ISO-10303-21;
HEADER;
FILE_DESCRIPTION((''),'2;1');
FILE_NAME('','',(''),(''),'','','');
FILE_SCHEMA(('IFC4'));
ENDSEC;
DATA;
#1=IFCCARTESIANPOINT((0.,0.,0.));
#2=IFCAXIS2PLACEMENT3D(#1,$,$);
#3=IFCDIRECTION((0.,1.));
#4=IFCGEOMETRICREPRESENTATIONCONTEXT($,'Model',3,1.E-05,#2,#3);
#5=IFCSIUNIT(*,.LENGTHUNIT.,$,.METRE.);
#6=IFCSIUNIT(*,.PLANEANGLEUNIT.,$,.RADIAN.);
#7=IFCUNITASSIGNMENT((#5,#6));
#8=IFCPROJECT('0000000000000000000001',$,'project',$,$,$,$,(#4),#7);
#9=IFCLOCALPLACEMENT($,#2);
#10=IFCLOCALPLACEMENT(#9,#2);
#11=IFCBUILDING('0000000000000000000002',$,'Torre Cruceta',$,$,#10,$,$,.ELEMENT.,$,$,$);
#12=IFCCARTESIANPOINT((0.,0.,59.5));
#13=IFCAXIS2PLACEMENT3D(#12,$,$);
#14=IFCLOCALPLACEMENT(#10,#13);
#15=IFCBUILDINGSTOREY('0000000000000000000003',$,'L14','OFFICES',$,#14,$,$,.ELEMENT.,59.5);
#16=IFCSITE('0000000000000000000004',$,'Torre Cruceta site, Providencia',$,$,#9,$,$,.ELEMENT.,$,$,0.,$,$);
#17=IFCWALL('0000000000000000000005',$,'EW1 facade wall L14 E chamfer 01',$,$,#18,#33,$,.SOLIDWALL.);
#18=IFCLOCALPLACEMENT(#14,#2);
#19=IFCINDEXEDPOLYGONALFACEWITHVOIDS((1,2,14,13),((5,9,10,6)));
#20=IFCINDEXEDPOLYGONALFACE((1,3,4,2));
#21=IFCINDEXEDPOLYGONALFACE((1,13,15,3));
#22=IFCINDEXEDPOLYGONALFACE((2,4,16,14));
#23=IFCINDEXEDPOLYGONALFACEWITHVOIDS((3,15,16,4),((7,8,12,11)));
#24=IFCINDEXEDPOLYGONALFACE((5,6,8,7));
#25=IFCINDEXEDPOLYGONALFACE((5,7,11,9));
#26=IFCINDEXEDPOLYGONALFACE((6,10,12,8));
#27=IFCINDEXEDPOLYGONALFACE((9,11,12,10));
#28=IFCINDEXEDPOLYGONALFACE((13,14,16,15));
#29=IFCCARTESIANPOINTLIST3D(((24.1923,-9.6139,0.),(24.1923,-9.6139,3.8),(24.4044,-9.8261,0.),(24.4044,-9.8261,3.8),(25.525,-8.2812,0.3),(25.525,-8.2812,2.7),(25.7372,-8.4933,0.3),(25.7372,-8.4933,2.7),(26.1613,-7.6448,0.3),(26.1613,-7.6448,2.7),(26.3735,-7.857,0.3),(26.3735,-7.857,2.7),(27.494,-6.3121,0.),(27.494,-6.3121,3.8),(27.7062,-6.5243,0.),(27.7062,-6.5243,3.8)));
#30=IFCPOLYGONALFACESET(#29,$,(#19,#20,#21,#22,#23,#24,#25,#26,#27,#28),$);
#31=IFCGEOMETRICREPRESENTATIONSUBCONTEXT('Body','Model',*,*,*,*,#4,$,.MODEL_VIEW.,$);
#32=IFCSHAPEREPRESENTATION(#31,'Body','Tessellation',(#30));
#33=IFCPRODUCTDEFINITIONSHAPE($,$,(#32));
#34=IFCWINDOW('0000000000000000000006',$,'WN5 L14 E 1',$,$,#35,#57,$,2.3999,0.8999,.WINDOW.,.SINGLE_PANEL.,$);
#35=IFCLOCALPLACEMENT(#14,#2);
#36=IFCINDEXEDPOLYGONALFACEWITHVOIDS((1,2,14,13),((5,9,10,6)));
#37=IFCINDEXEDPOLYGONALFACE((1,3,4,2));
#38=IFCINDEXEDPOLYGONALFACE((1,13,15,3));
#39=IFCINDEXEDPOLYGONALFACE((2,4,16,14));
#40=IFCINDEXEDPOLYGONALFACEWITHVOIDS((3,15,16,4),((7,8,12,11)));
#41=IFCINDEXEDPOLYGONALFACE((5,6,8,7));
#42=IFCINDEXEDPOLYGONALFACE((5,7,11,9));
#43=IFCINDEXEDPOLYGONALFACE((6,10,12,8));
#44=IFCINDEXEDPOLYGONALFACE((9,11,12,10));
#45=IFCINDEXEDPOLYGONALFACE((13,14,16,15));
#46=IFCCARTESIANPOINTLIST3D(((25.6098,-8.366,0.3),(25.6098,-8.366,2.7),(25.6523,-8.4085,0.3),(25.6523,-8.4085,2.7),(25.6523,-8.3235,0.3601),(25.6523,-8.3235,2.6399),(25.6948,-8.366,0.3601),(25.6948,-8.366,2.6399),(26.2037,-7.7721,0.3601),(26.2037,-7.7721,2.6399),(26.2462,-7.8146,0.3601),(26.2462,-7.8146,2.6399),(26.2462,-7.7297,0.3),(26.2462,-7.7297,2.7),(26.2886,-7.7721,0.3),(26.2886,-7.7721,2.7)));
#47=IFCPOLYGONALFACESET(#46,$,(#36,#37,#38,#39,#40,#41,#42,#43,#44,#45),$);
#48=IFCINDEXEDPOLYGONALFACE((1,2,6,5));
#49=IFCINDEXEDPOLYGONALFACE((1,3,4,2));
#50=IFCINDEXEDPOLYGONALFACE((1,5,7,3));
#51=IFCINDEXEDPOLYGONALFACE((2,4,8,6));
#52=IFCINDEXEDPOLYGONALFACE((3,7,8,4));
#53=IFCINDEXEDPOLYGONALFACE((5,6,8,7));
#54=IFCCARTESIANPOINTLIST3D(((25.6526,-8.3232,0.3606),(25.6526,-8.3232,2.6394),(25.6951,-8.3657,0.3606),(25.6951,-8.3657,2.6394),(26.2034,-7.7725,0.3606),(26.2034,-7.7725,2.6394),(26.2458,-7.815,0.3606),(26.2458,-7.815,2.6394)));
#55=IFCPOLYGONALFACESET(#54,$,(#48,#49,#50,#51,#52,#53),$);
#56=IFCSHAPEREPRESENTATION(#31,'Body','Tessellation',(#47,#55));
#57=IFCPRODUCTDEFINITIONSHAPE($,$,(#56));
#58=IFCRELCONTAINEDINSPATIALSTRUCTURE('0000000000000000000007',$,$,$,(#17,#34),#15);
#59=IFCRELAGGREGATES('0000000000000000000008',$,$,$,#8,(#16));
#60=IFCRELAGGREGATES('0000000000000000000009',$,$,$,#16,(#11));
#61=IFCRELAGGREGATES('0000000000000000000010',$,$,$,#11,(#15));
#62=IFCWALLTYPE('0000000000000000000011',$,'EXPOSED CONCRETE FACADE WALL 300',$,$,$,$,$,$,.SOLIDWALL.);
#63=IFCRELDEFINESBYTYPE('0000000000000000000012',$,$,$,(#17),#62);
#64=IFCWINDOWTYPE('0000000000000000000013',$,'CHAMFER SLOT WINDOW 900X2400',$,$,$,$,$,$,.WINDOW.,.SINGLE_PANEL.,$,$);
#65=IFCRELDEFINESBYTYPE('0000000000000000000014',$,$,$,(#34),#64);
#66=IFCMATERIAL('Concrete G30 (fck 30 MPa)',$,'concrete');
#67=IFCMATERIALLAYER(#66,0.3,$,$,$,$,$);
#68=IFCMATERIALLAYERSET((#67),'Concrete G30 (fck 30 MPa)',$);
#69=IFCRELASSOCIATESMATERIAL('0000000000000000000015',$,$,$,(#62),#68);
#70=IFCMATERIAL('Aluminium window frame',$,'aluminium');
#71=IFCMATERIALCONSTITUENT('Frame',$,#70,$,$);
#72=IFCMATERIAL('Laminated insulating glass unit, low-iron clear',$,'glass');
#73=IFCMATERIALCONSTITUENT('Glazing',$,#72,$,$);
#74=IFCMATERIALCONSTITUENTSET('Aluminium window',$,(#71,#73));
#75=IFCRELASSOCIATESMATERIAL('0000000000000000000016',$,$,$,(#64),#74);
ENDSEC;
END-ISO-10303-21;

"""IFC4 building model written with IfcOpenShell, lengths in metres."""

from ifc_helpers import new_model, si_unit, direction, frame, frame_2d, origin, place, context, subcontext, project, spatial, rectangle, hollow_rectangle, extrude, material, layer, layer_set, constituent, constituent_set, type_object, element, fill, save


model = new_model("IFC4")

# Units and contexts
model_context = context("Model", 3, precision=1e-05, world=origin(), true_north=direction((0.0, 1.0)))
body_context = subcontext(model_context, "Body", "Model", "MODEL_VIEW")
ifc_project = project(units=[si_unit("LENGTHUNIT", "METRE"), si_unit("PLANEANGLEUNIT", "RADIAN")], contexts=[model_context])

# Site, building, storey
site_placement = place(None, origin())
site = spatial("IfcSite", under=ifc_project, at=site_placement, Name="Torre Cruceta site, Providencia", CompositionType="ELEMENT", RefElevation=0.0)
building_placement = place(site_placement, origin())
building = spatial("IfcBuilding", under=site, at=building_placement, Name="Torre Cruceta", CompositionType="ELEMENT")
storey_placement = place(building_placement, frame((0.0, 0.0, 59.5)))
storey = spatial("IfcBuildingStorey", under=building, at=storey_placement, Name="L14", Description="OFFICES", CompositionType="ELEMENT", Elevation=59.5)

# Wall, opening, window
ifc_material_1 = material(Name="Concrete G30 (fck 30 MPa)", Category="concrete")
ifc_layer_1 = layer(ifc_material_1, 0.3)
ifc_layer_set_1 = layer_set([ifc_layer_1], Name="Concrete G30 (fck 30 MPa)")
wall_type = type_object("IfcWallType", Name="EXPOSED CONCRETE FACADE WALL 300", PredefinedType="SOLIDWALL", material=ifc_layer_set_1)
wall_placement = place(storey_placement, frame((24.2983, -9.72, 0.0), z_axis=(0.0, 0.0, 1.0), x_axis=(0.707107, 0.707107, 0.0)))
wall = element("IfcWall", 1, at=wall_placement, inside=storey, type_object=wall_type, Name="EW1 facade wall L14 E chamfer 01", PredefinedType="SOLIDWALL", context=body_context, shape_type="SweptSolid", body=[
    extrude(rectangle(XDim=4.6694, YDim=0.3, at=frame_2d((2.3347, 0.0))), origin(), (0.0, 0.0, 1.0), 3.8),
])
opening_placement = place(wall_placement, frame((1.8848, 0.0, 0.3)))
opening = element("IfcOpeningElement", 2, at=opening_placement, cuts=wall, PredefinedType="OPENING", context=body_context, shape_type="SweptSolid", body=[
    extrude(rectangle(XDim=0.8999, YDim=2.3999, at=frame_2d((0.45, 1.2))), frame((0.0, 0.1599, 0.0), z_axis=(0.0, -1.0, 0.0), x_axis=(1.0, 0.0, 0.0)), (0.0, 0.0, 1.0), 0.3201),
])
ifc_material_2 = material(Name="Aluminium window frame", Category="aluminium")
ifc_constituent_1 = constituent(ifc_material_2, Name="Frame")
ifc_material_3 = material(Name="Laminated insulating glass unit, low-iron clear", Category="glass")
ifc_constituent_2 = constituent(ifc_material_3, Name="Glazing")
ifc_constituent_set = constituent_set(constituents=[ifc_constituent_1, ifc_constituent_2], Name="Aluminium window")
window_type = type_object("IfcWindowType", Name="CHAMFER SLOT WINDOW 900X2400", PartitioningType="SINGLE_PANEL", PredefinedType="WINDOW", material=ifc_constituent_set)
window_placement = place(opening_placement, origin())
window = element("IfcWindow", 3, at=window_placement, inside=storey, type_object=window_type, Name="WN5 L14 E 1", OverallHeight=2.3999, OverallWidth=0.8999, PartitioningType="SINGLE_PANEL", PredefinedType="WINDOW", context=body_context, shape_type="SweptSolid", body=[
    extrude(hollow_rectangle(XDim=0.8999, YDim=2.3999, WallThickness=0.0601, at=frame_2d((0.45, 1.2))), frame((0.0, 0.03, 0.0), z_axis=(0.0, -1.0, 0.0), x_axis=(1.0, 0.0, 0.0)), (0.0, 0.0, 1.0), 0.0601),
    extrude(rectangle(XDim=0.7788, YDim=2.2788, at=frame_2d((0.45, 1.2))), frame((0.0, 0.03, 0.0), z_axis=(0.0, -1.0, 0.0), x_axis=(1.0, 0.0, 0.0)), (0.0, 0.0, 1.0), 0.0601),
])
fill(opening, window)

save(model, "model.ifc")
